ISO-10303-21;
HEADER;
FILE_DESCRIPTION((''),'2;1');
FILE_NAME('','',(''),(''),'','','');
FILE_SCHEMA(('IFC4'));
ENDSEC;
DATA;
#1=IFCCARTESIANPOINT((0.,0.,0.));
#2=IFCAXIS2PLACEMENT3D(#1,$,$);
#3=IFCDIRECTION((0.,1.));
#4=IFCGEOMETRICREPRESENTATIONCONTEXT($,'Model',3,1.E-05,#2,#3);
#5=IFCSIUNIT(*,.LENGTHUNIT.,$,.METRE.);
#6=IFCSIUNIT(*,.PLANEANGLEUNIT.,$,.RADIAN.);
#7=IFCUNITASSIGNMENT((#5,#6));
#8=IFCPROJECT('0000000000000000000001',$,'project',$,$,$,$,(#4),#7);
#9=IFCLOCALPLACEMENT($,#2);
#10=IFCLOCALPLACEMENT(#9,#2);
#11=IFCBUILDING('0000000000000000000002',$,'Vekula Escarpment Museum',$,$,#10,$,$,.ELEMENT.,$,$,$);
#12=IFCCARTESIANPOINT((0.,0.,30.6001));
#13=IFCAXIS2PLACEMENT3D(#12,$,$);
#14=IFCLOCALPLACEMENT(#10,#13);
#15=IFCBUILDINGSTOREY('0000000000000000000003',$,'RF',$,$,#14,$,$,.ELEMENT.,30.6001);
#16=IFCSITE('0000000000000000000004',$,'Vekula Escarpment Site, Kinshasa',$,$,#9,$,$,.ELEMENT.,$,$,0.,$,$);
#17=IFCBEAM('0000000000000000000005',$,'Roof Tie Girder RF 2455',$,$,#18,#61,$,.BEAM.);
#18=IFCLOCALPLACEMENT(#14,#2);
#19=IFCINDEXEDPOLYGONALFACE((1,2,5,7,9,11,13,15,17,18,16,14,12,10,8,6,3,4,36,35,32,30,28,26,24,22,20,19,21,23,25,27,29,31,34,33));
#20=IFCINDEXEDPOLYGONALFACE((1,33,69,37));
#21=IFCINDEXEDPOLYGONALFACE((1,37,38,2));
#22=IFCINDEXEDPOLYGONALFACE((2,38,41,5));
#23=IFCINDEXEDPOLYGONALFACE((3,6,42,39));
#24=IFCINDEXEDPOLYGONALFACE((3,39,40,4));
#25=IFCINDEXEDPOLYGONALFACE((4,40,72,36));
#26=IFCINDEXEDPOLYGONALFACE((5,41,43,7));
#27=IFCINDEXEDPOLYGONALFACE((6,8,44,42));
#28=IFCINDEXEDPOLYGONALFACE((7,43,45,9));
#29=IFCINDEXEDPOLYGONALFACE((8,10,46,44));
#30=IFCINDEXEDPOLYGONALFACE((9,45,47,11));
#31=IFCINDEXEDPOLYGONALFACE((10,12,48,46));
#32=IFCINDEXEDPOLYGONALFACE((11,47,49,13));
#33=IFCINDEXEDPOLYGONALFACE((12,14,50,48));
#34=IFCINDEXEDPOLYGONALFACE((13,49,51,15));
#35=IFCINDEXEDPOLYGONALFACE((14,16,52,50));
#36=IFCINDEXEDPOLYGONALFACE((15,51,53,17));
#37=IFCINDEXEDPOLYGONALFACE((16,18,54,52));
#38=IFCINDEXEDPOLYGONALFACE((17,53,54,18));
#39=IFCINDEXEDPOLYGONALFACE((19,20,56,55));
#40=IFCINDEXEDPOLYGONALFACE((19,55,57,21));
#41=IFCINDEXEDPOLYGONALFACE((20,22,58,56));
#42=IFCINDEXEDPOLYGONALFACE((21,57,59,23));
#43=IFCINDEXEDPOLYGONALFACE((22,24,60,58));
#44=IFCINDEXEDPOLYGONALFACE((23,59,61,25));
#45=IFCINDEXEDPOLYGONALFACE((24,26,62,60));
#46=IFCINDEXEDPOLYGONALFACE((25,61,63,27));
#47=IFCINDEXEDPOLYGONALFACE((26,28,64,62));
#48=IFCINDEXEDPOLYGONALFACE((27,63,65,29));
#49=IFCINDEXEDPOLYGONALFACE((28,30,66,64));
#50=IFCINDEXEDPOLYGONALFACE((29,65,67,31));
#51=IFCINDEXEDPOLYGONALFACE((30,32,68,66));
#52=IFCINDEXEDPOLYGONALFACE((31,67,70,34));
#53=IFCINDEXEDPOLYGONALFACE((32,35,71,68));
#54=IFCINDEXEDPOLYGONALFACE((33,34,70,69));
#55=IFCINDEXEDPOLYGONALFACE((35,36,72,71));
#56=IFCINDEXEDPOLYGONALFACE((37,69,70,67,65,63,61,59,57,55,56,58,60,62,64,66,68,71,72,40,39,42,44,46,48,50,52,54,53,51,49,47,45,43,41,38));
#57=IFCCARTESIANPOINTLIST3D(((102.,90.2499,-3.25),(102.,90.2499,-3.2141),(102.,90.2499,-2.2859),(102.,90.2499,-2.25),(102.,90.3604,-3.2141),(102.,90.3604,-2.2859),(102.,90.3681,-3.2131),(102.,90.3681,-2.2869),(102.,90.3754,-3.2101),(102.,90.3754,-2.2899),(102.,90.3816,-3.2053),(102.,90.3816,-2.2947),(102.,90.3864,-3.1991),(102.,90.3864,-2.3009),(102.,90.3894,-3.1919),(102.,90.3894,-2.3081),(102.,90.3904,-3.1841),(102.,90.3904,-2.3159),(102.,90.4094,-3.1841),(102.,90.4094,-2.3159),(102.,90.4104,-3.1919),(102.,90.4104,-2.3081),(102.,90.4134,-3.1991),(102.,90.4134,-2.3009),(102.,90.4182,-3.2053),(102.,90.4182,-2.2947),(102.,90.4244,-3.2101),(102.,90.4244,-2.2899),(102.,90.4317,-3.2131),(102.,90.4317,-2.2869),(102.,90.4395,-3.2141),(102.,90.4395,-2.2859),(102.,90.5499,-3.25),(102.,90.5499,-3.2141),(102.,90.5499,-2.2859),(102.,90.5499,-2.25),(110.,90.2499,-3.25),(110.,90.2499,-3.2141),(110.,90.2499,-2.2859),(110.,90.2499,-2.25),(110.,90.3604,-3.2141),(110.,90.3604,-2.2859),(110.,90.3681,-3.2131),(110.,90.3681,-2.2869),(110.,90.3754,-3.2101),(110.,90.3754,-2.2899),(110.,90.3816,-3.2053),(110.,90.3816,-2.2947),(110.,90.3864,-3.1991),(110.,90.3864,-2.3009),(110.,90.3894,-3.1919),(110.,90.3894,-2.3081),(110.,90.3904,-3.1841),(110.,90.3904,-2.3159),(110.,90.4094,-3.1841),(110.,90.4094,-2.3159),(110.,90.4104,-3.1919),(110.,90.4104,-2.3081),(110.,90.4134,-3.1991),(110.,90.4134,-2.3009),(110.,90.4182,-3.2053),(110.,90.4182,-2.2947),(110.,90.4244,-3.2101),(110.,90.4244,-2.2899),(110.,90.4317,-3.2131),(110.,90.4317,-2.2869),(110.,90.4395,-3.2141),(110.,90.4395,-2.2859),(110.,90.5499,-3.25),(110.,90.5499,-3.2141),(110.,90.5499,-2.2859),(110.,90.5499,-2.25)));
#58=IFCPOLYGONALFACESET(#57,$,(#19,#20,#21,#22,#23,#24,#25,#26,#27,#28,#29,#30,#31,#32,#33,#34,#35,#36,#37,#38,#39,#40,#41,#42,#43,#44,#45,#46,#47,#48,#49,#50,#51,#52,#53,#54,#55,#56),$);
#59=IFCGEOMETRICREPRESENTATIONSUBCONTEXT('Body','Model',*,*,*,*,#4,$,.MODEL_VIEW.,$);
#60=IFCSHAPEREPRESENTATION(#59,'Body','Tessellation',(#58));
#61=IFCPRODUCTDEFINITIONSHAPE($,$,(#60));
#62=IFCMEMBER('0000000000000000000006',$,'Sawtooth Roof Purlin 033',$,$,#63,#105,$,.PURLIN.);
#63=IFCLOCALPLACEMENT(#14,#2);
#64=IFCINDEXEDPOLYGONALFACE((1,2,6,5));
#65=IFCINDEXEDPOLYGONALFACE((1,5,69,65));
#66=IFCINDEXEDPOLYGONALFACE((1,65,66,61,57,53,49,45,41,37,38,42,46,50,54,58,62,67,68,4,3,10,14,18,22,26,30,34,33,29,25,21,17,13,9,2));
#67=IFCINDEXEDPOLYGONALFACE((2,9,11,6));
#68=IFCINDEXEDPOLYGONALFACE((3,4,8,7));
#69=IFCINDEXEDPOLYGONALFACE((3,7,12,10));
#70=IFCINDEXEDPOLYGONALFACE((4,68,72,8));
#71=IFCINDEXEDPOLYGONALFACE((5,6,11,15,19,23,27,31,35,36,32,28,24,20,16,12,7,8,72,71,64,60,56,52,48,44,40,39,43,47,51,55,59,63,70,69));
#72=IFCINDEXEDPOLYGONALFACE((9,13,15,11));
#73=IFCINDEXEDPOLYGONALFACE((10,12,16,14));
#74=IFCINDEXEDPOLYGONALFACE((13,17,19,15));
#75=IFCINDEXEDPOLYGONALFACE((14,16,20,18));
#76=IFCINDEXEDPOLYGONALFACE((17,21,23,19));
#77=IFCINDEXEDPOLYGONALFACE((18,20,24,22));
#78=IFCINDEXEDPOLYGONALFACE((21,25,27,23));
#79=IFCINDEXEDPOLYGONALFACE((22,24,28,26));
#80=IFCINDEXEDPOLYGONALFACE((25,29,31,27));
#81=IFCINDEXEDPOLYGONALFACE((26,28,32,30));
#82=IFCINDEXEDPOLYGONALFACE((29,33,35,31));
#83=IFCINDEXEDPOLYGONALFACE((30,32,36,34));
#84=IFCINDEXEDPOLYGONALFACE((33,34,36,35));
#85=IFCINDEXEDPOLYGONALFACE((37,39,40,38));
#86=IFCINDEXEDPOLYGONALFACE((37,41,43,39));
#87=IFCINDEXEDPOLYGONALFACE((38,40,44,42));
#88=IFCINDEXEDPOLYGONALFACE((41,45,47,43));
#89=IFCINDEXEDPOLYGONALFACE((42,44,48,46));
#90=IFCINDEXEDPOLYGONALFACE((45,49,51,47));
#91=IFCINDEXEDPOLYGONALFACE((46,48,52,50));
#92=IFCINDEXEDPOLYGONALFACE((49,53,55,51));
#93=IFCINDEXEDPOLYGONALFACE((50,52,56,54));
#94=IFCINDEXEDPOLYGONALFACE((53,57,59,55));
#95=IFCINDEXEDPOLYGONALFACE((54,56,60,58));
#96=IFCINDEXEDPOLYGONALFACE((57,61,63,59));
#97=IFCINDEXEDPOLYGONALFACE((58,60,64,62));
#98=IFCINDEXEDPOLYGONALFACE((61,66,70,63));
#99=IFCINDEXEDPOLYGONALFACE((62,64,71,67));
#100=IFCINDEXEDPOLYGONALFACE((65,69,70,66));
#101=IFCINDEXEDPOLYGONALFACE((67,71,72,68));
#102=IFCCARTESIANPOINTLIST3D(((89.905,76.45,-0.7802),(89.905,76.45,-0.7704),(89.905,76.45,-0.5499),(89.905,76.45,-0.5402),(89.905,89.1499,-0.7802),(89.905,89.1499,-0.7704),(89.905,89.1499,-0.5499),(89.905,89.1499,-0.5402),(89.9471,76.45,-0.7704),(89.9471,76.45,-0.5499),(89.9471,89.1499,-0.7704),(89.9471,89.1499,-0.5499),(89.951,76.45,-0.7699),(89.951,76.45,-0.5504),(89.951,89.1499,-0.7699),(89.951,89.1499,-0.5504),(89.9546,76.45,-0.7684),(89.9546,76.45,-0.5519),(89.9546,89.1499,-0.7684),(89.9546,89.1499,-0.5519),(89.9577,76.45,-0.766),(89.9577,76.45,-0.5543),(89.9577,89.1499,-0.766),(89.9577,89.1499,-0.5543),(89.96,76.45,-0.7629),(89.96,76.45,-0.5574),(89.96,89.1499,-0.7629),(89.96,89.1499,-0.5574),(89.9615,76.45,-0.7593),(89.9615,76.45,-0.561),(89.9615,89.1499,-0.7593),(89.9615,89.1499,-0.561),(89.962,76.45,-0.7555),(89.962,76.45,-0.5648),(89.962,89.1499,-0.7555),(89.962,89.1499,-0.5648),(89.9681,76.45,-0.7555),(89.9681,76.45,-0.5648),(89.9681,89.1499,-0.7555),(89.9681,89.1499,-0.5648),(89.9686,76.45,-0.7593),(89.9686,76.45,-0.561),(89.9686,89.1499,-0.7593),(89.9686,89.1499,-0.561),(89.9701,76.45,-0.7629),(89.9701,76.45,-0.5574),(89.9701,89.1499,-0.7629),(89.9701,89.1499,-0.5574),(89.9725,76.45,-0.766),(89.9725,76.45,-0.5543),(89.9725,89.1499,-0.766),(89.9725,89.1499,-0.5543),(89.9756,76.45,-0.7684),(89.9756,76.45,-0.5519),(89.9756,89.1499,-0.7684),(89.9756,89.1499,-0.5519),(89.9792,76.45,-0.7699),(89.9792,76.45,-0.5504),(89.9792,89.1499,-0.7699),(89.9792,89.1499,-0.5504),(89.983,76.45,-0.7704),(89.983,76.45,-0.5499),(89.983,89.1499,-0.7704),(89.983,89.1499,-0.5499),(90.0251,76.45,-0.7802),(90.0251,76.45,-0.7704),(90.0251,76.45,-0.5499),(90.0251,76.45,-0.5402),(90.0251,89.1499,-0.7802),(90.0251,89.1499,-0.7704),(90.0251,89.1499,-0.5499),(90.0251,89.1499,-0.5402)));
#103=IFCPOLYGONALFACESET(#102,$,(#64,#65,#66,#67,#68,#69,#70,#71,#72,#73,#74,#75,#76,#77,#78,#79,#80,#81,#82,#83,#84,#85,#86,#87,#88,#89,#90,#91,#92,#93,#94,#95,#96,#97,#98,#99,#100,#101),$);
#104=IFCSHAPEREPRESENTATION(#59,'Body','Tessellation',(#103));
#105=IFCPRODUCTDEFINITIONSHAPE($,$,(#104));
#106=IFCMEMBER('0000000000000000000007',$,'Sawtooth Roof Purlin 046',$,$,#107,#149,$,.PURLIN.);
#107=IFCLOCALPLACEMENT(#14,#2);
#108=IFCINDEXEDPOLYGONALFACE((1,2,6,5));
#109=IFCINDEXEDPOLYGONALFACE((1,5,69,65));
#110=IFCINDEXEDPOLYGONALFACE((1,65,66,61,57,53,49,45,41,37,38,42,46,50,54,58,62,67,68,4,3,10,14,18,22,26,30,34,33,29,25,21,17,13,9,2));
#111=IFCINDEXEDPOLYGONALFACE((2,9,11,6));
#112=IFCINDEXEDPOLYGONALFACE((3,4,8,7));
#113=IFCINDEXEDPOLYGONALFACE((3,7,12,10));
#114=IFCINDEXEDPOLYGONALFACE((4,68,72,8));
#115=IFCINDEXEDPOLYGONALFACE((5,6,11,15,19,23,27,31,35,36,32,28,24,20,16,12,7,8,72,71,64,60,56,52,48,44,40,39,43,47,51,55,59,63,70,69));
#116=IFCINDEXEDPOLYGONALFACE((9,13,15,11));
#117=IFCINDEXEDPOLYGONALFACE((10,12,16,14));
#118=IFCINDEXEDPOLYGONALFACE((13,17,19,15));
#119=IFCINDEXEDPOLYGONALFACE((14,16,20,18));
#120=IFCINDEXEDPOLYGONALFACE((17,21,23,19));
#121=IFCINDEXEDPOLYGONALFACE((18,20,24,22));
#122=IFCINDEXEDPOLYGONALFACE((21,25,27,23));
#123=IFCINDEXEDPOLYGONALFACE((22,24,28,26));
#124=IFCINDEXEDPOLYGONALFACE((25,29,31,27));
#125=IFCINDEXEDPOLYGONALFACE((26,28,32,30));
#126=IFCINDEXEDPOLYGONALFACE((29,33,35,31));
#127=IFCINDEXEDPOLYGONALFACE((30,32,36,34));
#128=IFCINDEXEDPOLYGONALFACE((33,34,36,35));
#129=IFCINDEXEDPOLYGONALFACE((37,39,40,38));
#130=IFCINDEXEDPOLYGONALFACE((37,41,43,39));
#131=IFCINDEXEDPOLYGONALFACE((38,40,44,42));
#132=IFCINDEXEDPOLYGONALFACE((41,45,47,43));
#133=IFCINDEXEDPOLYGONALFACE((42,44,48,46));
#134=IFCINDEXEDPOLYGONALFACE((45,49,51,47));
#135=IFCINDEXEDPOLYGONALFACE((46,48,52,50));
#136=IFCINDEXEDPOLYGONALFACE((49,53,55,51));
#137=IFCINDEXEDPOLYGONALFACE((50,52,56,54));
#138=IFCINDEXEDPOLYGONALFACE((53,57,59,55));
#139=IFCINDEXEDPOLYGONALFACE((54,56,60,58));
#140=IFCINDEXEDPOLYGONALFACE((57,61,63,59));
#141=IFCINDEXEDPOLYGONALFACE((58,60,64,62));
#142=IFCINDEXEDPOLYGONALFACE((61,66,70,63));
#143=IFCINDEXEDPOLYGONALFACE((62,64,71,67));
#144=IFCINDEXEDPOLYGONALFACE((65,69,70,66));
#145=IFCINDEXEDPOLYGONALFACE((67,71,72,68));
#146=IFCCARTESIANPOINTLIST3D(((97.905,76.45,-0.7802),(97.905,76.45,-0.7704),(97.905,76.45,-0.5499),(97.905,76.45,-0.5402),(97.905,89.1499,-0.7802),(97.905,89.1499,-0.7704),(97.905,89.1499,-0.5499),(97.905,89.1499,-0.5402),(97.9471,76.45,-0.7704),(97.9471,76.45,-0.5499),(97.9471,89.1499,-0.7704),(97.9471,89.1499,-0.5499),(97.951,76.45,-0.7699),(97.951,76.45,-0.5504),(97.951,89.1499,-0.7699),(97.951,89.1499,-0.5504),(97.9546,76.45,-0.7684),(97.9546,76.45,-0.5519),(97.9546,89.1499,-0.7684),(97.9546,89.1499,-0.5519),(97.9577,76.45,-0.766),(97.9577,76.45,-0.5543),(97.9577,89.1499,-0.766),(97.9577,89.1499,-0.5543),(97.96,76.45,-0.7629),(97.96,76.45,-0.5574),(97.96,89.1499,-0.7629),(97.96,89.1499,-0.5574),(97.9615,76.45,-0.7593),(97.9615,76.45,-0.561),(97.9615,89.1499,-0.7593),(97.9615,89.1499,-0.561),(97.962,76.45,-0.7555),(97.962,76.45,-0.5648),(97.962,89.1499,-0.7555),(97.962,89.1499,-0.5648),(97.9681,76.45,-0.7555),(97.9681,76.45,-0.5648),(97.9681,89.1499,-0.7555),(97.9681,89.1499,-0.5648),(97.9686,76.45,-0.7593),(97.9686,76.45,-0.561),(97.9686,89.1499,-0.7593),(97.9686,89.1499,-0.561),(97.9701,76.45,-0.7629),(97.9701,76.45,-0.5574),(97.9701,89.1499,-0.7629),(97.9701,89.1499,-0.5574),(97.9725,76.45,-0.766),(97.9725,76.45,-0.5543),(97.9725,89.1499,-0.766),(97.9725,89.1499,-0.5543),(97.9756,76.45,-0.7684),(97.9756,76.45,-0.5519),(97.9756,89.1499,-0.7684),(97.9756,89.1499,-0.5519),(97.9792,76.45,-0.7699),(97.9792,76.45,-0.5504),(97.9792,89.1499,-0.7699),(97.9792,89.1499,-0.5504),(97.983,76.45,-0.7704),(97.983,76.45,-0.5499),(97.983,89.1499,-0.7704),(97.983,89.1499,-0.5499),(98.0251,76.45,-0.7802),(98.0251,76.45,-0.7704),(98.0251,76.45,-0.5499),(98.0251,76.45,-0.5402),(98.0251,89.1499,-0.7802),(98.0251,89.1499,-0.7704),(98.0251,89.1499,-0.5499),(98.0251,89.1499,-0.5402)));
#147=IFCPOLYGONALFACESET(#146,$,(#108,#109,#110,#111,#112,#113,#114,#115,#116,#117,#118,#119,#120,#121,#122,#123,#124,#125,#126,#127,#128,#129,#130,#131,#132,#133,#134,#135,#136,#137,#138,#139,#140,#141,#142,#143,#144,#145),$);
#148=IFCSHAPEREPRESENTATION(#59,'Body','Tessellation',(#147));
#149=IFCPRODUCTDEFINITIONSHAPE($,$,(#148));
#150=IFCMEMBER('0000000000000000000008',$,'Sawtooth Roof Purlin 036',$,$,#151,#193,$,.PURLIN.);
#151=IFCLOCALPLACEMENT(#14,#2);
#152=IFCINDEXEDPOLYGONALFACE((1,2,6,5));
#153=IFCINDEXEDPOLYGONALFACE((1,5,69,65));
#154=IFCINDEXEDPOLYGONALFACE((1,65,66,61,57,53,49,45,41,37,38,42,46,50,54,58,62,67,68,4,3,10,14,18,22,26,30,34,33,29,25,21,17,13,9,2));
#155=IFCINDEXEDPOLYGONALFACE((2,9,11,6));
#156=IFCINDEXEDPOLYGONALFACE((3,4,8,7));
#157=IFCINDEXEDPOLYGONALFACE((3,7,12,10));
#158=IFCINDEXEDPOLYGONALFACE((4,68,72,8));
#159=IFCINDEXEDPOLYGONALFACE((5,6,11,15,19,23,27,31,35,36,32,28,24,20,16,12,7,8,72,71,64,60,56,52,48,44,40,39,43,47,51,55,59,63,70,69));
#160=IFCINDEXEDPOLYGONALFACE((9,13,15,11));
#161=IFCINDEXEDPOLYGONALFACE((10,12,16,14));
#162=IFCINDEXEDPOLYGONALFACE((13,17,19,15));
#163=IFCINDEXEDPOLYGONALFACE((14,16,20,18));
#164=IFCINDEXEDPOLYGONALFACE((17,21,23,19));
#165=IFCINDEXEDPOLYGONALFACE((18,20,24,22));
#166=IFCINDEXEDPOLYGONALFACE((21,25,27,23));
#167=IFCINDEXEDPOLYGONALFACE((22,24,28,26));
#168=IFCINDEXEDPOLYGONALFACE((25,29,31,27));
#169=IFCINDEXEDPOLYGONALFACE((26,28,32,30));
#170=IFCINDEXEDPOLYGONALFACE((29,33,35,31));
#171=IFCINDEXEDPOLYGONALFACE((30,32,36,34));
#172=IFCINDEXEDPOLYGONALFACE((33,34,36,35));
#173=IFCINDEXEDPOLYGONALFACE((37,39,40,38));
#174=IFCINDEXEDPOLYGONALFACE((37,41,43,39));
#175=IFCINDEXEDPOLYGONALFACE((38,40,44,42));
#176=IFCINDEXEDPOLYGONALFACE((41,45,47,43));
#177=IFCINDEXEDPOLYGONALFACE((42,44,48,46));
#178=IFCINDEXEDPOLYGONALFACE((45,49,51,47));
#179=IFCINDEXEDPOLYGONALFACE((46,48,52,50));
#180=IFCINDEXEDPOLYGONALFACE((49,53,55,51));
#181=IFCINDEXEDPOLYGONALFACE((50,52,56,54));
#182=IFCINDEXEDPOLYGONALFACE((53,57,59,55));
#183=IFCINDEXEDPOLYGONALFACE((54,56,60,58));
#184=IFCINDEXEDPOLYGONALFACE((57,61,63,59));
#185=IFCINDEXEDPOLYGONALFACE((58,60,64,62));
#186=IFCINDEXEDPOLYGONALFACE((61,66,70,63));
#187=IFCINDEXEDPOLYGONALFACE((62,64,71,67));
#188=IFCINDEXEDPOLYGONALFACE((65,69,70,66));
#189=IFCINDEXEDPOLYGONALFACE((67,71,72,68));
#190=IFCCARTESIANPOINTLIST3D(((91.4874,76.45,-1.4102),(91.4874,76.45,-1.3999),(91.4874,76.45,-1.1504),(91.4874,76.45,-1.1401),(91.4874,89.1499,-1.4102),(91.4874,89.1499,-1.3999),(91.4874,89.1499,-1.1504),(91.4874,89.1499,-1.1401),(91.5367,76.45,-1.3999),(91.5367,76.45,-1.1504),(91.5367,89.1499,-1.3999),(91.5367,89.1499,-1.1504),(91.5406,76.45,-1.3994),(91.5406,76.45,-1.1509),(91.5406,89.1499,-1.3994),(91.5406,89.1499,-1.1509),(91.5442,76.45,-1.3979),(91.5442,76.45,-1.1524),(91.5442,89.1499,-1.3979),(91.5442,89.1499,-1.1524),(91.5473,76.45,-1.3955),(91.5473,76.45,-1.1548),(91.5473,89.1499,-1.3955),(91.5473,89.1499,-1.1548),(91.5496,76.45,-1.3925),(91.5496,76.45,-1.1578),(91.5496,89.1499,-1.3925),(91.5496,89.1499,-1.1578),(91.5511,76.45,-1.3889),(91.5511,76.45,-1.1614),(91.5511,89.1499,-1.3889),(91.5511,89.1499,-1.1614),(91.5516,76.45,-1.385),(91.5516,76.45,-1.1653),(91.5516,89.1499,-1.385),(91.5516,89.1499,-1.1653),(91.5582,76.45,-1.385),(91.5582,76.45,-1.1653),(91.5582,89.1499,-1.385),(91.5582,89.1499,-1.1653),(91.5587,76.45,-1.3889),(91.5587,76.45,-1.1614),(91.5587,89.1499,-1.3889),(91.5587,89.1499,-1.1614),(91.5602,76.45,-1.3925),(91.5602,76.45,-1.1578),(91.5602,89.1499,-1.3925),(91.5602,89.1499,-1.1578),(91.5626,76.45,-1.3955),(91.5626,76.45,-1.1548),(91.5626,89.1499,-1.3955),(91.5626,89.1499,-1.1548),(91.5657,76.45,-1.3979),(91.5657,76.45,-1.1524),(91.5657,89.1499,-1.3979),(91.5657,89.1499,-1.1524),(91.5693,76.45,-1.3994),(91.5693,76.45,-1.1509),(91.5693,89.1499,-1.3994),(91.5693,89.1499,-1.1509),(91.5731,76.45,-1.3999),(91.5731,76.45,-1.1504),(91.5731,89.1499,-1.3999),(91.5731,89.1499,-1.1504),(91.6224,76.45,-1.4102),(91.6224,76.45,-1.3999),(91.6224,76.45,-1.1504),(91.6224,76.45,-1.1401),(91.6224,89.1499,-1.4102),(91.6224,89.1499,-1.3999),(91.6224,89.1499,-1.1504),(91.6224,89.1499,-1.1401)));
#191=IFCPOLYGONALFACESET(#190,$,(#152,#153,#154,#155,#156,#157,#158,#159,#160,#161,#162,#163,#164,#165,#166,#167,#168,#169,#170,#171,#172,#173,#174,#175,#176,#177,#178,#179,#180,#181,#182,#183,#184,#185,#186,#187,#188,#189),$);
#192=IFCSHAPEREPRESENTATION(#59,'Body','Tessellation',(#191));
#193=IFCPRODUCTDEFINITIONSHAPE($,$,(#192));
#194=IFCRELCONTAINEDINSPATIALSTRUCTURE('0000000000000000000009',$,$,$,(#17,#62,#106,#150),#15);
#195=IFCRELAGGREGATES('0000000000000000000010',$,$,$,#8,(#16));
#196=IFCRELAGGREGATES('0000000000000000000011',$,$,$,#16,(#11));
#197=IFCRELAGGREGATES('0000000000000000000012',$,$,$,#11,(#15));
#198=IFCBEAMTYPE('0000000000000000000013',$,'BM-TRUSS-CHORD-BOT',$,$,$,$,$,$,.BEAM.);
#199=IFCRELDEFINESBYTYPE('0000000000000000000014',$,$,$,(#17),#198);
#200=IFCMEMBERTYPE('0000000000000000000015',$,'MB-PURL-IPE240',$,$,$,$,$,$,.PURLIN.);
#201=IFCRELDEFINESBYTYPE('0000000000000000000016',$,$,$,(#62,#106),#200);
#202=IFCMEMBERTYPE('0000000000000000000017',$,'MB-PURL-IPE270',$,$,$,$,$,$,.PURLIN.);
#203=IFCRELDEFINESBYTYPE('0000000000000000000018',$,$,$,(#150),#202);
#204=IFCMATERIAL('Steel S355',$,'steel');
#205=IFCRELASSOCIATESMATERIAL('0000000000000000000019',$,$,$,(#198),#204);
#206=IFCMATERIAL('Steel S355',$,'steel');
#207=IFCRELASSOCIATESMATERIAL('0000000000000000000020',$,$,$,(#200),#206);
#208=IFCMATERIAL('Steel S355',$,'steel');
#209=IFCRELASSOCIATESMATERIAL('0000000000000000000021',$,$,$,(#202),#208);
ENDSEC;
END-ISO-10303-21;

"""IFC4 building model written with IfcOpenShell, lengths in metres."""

from ifc_helpers import new_model, si_unit, direction, frame, origin, origin_2d, place, context, subcontext, project, spatial, i_section, extrude, material, material_profile, profile_set, type_object, element, save


model = new_model("IFC4")

# Units and contexts
model_context = context("Model", 3, precision=1e-05, world=origin(), true_north=direction((0.0, 1.0)))
body_context = subcontext(model_context, "Body", "Model", "MODEL_VIEW")
ifc_project = project(units=[si_unit("LENGTHUNIT", "METRE"), si_unit("PLANEANGLEUNIT", "RADIAN")], contexts=[model_context])

# Site, building, storey
site_placement = place(None, origin())
site = spatial("IfcSite", under=ifc_project, at=site_placement, Name="Vekula Escarpment Site, Kinshasa", CompositionType="ELEMENT", RefElevation=0.0)
building_placement = place(site_placement, origin())
building = spatial("IfcBuilding", under=site, at=building_placement, Name="Vekula Escarpment Museum", CompositionType="ELEMENT")
storey_placement = place(building_placement, frame((0.0, 0.0, 30.6001)))
storey = spatial("IfcBuildingStorey", under=building, at=storey_placement, Name="RF", CompositionType="ELEMENT", Elevation=30.6001)

# Beam
ifc_material_1 = material(Name="Steel S355", Category="steel")
ifc_material_profile_1 = material_profile(ifc_material_1, i_section(OverallWidth=0.3, OverallDepth=1.0, WebThickness=0.019, FlangeThickness=0.0359, FilletRadius=0.03, at=origin_2d()), Name="HEB 1000")
ifc_profile_set_1 = profile_set([ifc_material_profile_1], Name="Steel S355")
beam_type_1 = type_object("IfcBeamType", Name="BM-TRUSS-CHORD-BOT", PredefinedType="BEAM", material=ifc_profile_set_1)
for number, where, z_axis, x_axis, name in (
    (1, (102.0, 90.3999, -2.75), (1.0, 0.0, 0.0), (0.0, 1.0, 0.0), "Roof Tie Girder RF 2455"),
):
    element("IfcBeam", number, at=place(storey_placement, frame(where, z_axis=z_axis, x_axis=x_axis)), inside=storey, type_object=beam_type_1, Name=name, PredefinedType="BEAM", context=body_context, shape_type="SweptSolid", body=[
        extrude(i_section(OverallWidth=0.3, OverallDepth=1.0, WebThickness=0.019, FlangeThickness=0.0359, FilletRadius=0.03, at=origin_2d()), origin(), (0.0, 0.0, 1.0), 8.0),
    ])

# Members
ifc_material_2 = material(Name="Steel S355", Category="steel")
ifc_material_profile_2 = material_profile(ifc_material_2, i_section(OverallWidth=0.1201, OverallDepth=0.24, WebThickness=0.0061, FlangeThickness=0.0098, FilletRadius=0.0149, at=origin_2d()), Name="IPE 240")
ifc_profile_set_2 = profile_set([ifc_material_profile_2], Name="Steel S355")
member_type_1 = type_object("IfcMemberType", Name="MB-PURL-IPE240", PredefinedType="PURLIN", material=ifc_profile_set_2)
for number, where, z_axis, x_axis, name in (
    (2, (89.9651, 76.45, -0.6602), (0.0, 1.0, 0.0), (-1.0, 0.0, 0.0), "Sawtooth Roof Purlin 033"),
    (3, (97.9651, 76.45, -0.6602), (0.0, 1.0, 0.0), (-1.0, 0.0, 0.0), "Sawtooth Roof Purlin 046"),
):
    element("IfcMember", number, at=place(storey_placement, frame(where, z_axis=z_axis, x_axis=x_axis)), inside=storey, type_object=member_type_1, Name=name, PredefinedType="PURLIN", context=body_context, shape_type="SweptSolid", body=[
        extrude(i_section(OverallWidth=0.1201, OverallDepth=0.24, WebThickness=0.0061, FlangeThickness=0.0098, FilletRadius=0.0149, at=origin_2d()), origin(), (0.0, 0.0, 1.0), 12.7),
    ])
ifc_material_3 = material(Name="Steel S355", Category="steel")
ifc_material_profile_3 = material_profile(ifc_material_3, i_section(OverallWidth=0.135, OverallDepth=0.27, WebThickness=0.0066, FlangeThickness=0.0103, FilletRadius=0.0149, at=origin_2d()), Name="IPE 270")
ifc_profile_set_3 = profile_set([ifc_material_profile_3], Name="Steel S355")
member_type_2 = type_object("IfcMemberType", Name="MB-PURL-IPE270", PredefinedType="PURLIN", material=ifc_profile_set_3)
for number, where, z_axis, x_axis, name in (
    (4, (91.5549, 76.45, -1.2751), (0.0, 1.0, 0.0), (-1.0, 0.0, 0.0), "Sawtooth Roof Purlin 036"),
):
    element("IfcMember", number, at=place(storey_placement, frame(where, z_axis=z_axis, x_axis=x_axis)), inside=storey, type_object=member_type_2, Name=name, PredefinedType="PURLIN", context=body_context, shape_type="SweptSolid", body=[
        extrude(i_section(OverallWidth=0.135, OverallDepth=0.27, WebThickness=0.0066, FlangeThickness=0.0103, FilletRadius=0.0149, at=origin_2d()), origin(), (0.0, 0.0, 1.0), 12.7),
    ])

save(model, "model.ifc")
